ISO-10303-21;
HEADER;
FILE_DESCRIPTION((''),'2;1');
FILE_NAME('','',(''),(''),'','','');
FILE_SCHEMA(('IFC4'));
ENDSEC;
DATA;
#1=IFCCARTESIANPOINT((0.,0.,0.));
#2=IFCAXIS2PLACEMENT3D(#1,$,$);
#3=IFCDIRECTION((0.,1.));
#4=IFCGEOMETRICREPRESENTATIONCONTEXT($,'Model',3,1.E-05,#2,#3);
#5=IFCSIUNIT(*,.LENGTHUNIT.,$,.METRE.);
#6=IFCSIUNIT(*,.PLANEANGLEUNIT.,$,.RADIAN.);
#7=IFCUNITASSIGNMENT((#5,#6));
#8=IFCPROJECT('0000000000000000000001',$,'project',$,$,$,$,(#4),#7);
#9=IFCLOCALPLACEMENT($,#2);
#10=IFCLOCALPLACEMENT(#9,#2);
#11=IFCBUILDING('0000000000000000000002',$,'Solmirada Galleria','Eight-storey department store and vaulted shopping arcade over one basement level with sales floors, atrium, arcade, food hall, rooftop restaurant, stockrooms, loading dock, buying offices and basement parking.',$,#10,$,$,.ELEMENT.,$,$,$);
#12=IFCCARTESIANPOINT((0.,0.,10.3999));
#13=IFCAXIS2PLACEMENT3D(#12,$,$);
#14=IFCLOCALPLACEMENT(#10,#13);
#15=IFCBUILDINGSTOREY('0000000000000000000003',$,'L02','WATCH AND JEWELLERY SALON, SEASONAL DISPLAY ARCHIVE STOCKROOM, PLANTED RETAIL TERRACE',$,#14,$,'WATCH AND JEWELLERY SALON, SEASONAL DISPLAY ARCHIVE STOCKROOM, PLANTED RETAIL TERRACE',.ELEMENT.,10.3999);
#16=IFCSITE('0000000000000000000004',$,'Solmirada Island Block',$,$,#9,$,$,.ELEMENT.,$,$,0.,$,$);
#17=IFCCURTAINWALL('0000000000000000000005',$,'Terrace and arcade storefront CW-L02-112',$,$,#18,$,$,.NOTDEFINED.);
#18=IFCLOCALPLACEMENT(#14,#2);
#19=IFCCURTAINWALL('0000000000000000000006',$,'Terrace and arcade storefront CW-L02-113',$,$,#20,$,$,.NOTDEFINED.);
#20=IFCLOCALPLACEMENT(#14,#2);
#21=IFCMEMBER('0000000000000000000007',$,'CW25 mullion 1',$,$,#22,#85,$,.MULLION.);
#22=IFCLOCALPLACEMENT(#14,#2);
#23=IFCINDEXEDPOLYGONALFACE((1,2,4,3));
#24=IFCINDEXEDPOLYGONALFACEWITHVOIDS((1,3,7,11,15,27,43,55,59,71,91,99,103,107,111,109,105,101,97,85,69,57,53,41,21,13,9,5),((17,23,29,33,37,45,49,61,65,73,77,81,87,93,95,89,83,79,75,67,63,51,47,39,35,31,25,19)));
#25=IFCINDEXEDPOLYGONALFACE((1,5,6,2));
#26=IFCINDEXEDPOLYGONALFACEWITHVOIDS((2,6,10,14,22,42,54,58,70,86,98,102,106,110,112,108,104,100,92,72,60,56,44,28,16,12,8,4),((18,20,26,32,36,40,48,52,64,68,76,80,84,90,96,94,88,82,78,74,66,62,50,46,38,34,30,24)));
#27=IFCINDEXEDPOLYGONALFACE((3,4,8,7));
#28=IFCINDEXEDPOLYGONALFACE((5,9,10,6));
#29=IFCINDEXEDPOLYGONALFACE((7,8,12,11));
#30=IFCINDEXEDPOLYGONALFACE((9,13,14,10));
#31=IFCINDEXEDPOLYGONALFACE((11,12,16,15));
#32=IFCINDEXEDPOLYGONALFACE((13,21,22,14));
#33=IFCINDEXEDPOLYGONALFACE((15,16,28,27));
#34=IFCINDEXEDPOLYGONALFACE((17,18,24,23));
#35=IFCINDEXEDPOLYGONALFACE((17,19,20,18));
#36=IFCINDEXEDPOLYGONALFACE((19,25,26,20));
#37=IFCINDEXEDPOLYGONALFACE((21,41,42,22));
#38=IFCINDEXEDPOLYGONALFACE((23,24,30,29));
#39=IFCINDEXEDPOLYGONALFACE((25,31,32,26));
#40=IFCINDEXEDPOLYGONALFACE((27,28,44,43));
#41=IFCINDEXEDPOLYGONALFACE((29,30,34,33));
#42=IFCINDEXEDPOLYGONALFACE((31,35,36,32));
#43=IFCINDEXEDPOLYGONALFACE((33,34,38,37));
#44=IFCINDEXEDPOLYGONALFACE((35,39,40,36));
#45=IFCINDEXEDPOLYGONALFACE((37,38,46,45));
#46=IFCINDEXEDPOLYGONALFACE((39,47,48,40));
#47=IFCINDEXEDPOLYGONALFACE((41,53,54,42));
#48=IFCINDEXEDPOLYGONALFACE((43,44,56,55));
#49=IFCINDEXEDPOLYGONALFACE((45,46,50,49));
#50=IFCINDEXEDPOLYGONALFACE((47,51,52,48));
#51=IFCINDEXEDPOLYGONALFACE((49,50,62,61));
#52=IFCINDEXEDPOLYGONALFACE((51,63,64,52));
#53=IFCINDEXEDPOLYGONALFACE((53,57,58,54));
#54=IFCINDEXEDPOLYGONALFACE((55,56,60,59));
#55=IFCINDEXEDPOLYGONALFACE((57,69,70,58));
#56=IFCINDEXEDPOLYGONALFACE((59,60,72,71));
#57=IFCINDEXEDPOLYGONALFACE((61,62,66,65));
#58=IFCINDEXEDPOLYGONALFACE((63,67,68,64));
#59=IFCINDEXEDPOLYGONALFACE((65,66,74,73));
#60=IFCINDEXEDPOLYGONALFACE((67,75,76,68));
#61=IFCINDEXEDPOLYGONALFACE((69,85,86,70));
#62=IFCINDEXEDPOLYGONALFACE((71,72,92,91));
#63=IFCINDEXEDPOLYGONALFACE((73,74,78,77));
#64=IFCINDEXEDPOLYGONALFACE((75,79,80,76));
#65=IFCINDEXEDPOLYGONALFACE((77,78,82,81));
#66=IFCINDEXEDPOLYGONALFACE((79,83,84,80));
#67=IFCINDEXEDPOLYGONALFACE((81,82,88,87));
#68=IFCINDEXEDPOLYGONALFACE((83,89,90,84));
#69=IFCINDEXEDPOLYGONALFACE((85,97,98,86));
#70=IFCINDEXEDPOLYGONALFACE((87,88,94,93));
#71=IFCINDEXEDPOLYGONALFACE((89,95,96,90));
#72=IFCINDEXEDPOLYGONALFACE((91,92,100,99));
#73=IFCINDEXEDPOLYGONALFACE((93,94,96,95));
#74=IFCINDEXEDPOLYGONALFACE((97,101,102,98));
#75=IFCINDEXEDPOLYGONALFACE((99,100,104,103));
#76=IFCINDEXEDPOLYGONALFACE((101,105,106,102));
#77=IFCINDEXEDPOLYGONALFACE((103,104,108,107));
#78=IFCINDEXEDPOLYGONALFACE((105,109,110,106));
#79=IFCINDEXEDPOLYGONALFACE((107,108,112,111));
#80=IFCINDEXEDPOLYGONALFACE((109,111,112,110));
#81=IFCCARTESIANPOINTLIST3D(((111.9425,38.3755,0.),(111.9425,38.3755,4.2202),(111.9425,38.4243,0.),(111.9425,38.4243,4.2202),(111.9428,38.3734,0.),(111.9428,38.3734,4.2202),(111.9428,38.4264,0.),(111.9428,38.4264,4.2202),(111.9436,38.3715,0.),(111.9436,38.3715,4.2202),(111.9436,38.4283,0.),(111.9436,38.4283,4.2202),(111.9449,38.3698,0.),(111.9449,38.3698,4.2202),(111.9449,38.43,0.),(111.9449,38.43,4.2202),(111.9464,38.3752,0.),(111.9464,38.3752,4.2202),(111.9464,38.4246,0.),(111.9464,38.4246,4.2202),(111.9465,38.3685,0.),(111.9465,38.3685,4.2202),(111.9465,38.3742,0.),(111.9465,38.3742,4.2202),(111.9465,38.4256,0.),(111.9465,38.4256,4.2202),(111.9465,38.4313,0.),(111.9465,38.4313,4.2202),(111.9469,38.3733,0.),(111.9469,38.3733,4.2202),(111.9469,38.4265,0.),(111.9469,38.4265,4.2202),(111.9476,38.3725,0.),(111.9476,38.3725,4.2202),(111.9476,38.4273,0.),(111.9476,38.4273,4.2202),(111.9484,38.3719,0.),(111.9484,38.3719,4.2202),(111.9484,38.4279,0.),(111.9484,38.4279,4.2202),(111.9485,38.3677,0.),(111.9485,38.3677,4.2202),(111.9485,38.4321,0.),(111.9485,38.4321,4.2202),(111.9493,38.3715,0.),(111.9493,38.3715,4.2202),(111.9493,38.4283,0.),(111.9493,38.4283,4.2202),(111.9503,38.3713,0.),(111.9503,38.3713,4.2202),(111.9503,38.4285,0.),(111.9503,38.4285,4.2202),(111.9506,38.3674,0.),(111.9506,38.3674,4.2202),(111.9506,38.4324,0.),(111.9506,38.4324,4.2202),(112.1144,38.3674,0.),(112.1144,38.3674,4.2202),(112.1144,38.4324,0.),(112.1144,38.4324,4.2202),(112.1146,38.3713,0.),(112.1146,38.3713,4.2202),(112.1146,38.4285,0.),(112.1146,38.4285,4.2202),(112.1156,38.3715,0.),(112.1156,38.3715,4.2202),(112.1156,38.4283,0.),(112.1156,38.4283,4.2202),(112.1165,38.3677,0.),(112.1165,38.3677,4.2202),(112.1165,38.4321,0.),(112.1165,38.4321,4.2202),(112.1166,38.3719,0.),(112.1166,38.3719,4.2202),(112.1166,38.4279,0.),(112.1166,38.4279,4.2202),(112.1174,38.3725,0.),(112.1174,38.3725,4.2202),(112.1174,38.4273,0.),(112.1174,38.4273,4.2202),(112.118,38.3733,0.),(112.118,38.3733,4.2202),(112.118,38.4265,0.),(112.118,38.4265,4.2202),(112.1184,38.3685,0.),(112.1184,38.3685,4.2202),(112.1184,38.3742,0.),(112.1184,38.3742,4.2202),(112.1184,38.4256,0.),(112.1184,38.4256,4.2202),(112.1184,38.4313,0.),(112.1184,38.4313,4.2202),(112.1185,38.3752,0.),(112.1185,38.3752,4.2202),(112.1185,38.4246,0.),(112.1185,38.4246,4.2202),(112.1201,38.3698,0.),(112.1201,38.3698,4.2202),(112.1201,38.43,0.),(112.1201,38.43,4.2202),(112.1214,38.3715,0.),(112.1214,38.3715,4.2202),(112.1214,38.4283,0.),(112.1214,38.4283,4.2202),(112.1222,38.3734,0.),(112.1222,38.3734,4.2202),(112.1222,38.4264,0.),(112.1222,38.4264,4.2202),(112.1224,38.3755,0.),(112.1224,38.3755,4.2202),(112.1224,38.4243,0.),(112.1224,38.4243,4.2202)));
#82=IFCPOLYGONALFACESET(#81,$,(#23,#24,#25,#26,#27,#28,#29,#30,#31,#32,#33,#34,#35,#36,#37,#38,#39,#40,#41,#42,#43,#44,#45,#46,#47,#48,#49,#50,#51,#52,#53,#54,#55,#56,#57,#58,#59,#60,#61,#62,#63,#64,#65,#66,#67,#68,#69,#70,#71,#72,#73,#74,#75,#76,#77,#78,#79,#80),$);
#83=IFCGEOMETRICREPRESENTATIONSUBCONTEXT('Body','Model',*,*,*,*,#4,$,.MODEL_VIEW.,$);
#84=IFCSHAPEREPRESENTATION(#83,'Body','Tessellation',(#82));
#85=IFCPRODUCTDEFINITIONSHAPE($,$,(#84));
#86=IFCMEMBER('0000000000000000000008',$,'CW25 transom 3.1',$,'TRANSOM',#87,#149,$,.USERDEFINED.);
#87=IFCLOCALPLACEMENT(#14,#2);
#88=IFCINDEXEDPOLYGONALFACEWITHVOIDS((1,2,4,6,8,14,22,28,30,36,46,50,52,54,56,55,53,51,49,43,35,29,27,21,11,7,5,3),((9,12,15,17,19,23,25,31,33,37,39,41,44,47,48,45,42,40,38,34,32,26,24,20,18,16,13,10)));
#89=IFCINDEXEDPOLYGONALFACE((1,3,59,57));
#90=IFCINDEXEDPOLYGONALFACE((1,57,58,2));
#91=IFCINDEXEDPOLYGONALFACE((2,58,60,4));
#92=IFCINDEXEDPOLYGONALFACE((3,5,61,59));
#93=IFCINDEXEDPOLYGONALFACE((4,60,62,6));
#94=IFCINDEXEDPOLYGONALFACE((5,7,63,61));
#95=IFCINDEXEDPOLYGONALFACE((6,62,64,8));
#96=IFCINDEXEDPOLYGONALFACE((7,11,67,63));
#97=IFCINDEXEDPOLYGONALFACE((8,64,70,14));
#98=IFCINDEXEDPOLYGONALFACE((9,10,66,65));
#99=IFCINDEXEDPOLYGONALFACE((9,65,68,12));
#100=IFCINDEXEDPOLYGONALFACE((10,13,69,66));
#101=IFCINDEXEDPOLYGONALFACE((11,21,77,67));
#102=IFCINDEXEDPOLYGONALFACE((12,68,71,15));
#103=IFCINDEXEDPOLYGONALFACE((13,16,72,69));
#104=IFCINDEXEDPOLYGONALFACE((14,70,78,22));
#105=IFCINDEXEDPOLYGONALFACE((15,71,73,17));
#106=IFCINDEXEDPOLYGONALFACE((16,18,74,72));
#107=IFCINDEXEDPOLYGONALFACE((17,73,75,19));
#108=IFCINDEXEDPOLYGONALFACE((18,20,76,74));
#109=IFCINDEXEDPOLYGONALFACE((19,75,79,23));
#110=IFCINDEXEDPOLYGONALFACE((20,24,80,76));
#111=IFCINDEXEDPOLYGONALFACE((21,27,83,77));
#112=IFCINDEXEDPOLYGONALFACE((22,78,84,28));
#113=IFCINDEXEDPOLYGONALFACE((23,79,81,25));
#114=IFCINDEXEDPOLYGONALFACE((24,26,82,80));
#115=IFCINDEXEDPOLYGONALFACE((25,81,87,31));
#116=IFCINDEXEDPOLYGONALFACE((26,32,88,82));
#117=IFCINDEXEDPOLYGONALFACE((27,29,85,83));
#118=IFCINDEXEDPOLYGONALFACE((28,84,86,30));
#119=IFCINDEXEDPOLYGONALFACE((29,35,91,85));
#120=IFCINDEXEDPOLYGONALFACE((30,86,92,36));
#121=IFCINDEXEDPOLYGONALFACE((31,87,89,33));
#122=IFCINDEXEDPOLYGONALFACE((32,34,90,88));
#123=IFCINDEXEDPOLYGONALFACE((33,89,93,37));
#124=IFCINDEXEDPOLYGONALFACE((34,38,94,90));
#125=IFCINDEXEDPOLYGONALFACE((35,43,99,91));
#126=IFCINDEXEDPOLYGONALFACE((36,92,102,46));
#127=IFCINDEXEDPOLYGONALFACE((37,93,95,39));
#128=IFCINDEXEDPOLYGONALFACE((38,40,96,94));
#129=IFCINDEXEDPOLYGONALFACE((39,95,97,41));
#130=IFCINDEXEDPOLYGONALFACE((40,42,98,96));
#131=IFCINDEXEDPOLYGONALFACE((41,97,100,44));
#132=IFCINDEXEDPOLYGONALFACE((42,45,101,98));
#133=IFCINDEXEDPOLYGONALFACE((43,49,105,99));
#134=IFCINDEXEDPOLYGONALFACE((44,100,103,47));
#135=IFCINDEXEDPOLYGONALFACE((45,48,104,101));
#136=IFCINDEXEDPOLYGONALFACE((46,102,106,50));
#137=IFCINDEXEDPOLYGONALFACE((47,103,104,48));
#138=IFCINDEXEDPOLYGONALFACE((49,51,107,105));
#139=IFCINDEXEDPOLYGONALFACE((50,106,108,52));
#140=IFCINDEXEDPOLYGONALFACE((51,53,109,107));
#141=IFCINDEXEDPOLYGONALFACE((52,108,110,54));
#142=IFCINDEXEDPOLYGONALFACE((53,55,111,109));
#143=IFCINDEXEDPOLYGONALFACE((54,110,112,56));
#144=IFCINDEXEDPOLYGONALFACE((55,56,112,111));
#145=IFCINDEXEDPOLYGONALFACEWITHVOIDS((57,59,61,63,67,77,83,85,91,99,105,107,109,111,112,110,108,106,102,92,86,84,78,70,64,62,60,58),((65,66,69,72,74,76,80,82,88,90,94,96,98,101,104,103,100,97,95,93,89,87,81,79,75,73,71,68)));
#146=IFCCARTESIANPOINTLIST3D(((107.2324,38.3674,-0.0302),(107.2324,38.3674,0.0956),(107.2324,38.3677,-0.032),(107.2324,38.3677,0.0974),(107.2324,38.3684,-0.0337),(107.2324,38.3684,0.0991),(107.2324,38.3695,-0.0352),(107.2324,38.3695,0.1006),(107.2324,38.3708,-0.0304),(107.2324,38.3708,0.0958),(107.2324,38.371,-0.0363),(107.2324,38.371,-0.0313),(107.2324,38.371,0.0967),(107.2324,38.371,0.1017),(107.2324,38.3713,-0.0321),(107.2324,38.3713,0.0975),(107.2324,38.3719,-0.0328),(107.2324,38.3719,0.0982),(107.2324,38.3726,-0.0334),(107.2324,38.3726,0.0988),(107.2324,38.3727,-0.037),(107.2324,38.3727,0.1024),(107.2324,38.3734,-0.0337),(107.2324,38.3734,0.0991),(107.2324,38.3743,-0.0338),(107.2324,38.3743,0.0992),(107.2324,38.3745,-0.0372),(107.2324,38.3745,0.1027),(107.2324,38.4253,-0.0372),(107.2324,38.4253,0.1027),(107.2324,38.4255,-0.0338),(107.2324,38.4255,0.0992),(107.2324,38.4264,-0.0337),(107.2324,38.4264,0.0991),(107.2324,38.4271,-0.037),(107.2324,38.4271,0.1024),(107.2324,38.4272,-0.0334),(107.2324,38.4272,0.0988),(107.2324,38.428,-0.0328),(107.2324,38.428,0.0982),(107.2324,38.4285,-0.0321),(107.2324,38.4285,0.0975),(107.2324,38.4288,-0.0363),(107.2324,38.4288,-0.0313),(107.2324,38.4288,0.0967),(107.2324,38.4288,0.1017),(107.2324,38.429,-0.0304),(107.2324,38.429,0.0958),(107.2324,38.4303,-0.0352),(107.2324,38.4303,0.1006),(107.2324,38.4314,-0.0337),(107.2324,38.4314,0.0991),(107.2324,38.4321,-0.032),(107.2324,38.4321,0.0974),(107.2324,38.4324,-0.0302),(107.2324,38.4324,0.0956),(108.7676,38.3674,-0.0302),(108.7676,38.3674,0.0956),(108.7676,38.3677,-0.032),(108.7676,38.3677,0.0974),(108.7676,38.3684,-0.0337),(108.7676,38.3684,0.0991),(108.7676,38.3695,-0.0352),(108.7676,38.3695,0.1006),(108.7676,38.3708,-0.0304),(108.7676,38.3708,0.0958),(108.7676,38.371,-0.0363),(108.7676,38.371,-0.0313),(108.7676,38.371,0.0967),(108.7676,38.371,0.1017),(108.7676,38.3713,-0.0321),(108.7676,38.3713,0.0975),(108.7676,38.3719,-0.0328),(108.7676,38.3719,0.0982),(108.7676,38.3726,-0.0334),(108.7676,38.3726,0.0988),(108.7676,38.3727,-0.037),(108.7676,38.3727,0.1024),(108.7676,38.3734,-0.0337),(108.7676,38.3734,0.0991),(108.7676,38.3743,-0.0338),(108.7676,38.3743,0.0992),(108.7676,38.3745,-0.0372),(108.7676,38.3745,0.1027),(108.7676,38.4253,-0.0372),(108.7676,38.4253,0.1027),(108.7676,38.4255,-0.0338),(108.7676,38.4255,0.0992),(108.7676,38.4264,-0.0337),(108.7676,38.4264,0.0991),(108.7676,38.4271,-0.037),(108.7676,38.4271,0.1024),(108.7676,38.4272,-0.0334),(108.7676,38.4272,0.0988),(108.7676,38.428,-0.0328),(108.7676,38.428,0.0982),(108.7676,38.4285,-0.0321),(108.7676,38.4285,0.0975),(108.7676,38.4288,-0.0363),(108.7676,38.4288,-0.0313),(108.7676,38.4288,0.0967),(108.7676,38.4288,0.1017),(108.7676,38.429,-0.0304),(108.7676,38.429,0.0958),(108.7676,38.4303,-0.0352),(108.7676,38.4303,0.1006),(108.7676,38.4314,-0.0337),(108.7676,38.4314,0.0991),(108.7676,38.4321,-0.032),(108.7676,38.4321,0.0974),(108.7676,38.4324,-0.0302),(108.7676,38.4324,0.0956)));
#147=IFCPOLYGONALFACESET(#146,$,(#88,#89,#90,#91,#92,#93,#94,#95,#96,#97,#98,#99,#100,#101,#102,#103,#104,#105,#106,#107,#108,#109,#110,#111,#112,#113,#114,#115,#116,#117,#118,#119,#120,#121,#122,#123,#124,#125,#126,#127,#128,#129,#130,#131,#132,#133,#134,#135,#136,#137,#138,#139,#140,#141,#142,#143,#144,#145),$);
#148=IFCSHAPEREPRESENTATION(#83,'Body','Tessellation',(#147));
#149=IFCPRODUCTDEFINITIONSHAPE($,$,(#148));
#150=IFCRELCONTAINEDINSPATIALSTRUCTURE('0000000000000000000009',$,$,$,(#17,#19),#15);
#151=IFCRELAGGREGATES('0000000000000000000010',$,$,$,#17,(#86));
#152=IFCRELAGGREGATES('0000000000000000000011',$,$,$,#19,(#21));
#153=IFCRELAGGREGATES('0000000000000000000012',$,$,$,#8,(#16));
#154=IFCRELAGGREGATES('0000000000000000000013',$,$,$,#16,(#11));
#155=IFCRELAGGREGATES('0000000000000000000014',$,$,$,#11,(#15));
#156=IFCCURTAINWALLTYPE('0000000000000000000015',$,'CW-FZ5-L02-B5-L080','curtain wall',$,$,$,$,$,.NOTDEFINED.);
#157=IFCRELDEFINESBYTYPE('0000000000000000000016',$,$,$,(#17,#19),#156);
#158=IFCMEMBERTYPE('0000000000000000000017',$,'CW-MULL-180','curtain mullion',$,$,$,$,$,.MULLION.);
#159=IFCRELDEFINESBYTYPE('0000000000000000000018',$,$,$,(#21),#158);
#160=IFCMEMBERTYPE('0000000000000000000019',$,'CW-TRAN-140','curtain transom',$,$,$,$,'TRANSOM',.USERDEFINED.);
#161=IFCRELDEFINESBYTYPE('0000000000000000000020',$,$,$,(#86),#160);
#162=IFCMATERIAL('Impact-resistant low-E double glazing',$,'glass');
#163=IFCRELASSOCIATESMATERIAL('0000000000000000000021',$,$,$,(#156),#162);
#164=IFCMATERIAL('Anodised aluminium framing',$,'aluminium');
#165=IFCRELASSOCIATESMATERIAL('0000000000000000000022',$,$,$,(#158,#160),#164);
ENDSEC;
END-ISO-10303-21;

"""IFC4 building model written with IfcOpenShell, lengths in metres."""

from ifc_helpers import new_model, si_unit, direction, frame, origin, origin_2d, place, context, subcontext, project, spatial, hollow_rectangle, extrude, material, material_profile, profile_set, type_object, element, aggregate, save


model = new_model("IFC4")

# Units and contexts
model_context = context("Model", 3, precision=1e-05, world=origin(), true_north=direction((0.0, 1.0)))
body_context = subcontext(model_context, "Body", "Model", "MODEL_VIEW")
ifc_project = project(units=[si_unit("LENGTHUNIT", "METRE"), si_unit("PLANEANGLEUNIT", "RADIAN")], contexts=[model_context])

# Site, building, storey
site_placement = place(None, origin())
site = spatial("IfcSite", under=ifc_project, at=site_placement, Name="Solmirada Island Block", CompositionType="ELEMENT", RefElevation=0.0)
building_placement = place(site_placement, origin())
building = spatial("IfcBuilding", under=site, at=building_placement, Name="Solmirada Galleria", Description="Eight-storey department store and vaulted shopping arcade over one basement level with sales floors, atrium, arcade, food hall, rooftop restaurant, stockrooms, loading dock, buying offices and basement parking.", CompositionType="ELEMENT")
storey_placement = place(building_placement, frame((0.0, 0.0, 10.3999)))
storey = spatial("IfcBuildingStorey", under=building, at=storey_placement, Name="L02", Description="WATCH AND JEWELLERY SALON, SEASONAL DISPLAY ARCHIVE STOCKROOM, PLANTED RETAIL TERRACE", LongName="WATCH AND JEWELLERY SALON, SEASONAL DISPLAY ARCHIVE STOCKROOM, PLANTED RETAIL TERRACE", CompositionType="ELEMENT", Elevation=10.3999)

# Curtain wall
ifc_material_1 = material(Name="Impact-resistant low-E double glazing", Category="glass")
curtain_wall_type = type_object("IfcCurtainWallType", Name="CW-FZ5-L02-B5-L080", Description="curtain wall", PredefinedType="NOTDEFINED", material=ifc_material_1)
curtain_wall_1_placement = place(storey_placement, origin())
curtain_wall_1 = element("IfcCurtainWall", 1, at=curtain_wall_1_placement, inside=storey, type_object=curtain_wall_type, Name="Terrace and arcade storefront CW-L02-112", PredefinedType="NOTDEFINED")
ifc_material_2 = material(Name="Anodised aluminium framing", Category="aluminium")
ifc_material_profile_1 = material_profile(ifc_material_2, hollow_rectangle(XDim=0.0649, YDim=0.1799, WallThickness=0.0039, InnerFilletRadius=0.0039, OuterFilletRadius=0.0081, at=origin_2d()), Name="ALU-MULL-180X65")
ifc_profile_set_1 = profile_set([ifc_material_profile_1], Name="Anodised aluminium framing")
member_type_1 = type_object("IfcMemberType", Name="CW-MULL-180", Description="curtain mullion", PredefinedType="MULLION", material=ifc_profile_set_1)

# Curtain wall, member
curtain_wall_2_placement = place(storey_placement, origin())
curtain_wall_2 = element("IfcCurtainWall", 2, at=curtain_wall_2_placement, inside=storey, type_object=curtain_wall_type, Name="Terrace and arcade storefront CW-L02-113", PredefinedType="NOTDEFINED")
member_1_placement = place(storey_placement, frame((112.0325, 38.3999, 0.0), z_axis=(0.0, 0.0, 1.0), x_axis=(0.0, 1.0, 0.0)))
member_1 = element("IfcMember", 3, at=member_1_placement, type_object=member_type_1, Name="CW25 mullion 1", PredefinedType="MULLION", context=body_context, shape_type="SweptSolid", body=[
    extrude(hollow_rectangle(XDim=0.0649, YDim=0.1799, WallThickness=0.0039, InnerFilletRadius=0.0039, OuterFilletRadius=0.0081, at=origin_2d()), origin(), (0.0, 0.0, 1.0), 4.2202),
])

# Member
ifc_material_profile_2 = material_profile(ifc_material_2, hollow_rectangle(XDim=0.0649, YDim=0.1399, WallThickness=0.0034, InnerFilletRadius=0.0034, OuterFilletRadius=0.0071, at=origin_2d()), Name="ALU-TRAN-140X65")
ifc_profile_set_2 = profile_set([ifc_material_profile_2], Name="Anodised aluminium framing")
member_type_2 = type_object("IfcMemberType", Name="CW-TRAN-140", Description="curtain transom", ElementType="TRANSOM", PredefinedType="USERDEFINED", material=ifc_profile_set_2)
member_2_placement = place(storey_placement, frame((107.2324, 38.3999, 0.0327), z_axis=(1.0, 0.0, 0.0), x_axis=(0.0, 1.0, 0.0)))
member_2 = element("IfcMember", 4, at=member_2_placement, type_object=member_type_2, Name="CW25 transom 3.1", ObjectType="TRANSOM", PredefinedType="USERDEFINED", context=body_context, shape_type="SweptSolid", body=[
    extrude(hollow_rectangle(XDim=0.0649, YDim=0.1399, WallThickness=0.0034, InnerFilletRadius=0.0034, OuterFilletRadius=0.0071, at=origin_2d()), origin(), (0.0, 0.0, 1.0), 1.5352),
])

aggregate(curtain_wall_1, [member_2])
aggregate(curtain_wall_2, [member_1])

save(model, "model.ifc")
